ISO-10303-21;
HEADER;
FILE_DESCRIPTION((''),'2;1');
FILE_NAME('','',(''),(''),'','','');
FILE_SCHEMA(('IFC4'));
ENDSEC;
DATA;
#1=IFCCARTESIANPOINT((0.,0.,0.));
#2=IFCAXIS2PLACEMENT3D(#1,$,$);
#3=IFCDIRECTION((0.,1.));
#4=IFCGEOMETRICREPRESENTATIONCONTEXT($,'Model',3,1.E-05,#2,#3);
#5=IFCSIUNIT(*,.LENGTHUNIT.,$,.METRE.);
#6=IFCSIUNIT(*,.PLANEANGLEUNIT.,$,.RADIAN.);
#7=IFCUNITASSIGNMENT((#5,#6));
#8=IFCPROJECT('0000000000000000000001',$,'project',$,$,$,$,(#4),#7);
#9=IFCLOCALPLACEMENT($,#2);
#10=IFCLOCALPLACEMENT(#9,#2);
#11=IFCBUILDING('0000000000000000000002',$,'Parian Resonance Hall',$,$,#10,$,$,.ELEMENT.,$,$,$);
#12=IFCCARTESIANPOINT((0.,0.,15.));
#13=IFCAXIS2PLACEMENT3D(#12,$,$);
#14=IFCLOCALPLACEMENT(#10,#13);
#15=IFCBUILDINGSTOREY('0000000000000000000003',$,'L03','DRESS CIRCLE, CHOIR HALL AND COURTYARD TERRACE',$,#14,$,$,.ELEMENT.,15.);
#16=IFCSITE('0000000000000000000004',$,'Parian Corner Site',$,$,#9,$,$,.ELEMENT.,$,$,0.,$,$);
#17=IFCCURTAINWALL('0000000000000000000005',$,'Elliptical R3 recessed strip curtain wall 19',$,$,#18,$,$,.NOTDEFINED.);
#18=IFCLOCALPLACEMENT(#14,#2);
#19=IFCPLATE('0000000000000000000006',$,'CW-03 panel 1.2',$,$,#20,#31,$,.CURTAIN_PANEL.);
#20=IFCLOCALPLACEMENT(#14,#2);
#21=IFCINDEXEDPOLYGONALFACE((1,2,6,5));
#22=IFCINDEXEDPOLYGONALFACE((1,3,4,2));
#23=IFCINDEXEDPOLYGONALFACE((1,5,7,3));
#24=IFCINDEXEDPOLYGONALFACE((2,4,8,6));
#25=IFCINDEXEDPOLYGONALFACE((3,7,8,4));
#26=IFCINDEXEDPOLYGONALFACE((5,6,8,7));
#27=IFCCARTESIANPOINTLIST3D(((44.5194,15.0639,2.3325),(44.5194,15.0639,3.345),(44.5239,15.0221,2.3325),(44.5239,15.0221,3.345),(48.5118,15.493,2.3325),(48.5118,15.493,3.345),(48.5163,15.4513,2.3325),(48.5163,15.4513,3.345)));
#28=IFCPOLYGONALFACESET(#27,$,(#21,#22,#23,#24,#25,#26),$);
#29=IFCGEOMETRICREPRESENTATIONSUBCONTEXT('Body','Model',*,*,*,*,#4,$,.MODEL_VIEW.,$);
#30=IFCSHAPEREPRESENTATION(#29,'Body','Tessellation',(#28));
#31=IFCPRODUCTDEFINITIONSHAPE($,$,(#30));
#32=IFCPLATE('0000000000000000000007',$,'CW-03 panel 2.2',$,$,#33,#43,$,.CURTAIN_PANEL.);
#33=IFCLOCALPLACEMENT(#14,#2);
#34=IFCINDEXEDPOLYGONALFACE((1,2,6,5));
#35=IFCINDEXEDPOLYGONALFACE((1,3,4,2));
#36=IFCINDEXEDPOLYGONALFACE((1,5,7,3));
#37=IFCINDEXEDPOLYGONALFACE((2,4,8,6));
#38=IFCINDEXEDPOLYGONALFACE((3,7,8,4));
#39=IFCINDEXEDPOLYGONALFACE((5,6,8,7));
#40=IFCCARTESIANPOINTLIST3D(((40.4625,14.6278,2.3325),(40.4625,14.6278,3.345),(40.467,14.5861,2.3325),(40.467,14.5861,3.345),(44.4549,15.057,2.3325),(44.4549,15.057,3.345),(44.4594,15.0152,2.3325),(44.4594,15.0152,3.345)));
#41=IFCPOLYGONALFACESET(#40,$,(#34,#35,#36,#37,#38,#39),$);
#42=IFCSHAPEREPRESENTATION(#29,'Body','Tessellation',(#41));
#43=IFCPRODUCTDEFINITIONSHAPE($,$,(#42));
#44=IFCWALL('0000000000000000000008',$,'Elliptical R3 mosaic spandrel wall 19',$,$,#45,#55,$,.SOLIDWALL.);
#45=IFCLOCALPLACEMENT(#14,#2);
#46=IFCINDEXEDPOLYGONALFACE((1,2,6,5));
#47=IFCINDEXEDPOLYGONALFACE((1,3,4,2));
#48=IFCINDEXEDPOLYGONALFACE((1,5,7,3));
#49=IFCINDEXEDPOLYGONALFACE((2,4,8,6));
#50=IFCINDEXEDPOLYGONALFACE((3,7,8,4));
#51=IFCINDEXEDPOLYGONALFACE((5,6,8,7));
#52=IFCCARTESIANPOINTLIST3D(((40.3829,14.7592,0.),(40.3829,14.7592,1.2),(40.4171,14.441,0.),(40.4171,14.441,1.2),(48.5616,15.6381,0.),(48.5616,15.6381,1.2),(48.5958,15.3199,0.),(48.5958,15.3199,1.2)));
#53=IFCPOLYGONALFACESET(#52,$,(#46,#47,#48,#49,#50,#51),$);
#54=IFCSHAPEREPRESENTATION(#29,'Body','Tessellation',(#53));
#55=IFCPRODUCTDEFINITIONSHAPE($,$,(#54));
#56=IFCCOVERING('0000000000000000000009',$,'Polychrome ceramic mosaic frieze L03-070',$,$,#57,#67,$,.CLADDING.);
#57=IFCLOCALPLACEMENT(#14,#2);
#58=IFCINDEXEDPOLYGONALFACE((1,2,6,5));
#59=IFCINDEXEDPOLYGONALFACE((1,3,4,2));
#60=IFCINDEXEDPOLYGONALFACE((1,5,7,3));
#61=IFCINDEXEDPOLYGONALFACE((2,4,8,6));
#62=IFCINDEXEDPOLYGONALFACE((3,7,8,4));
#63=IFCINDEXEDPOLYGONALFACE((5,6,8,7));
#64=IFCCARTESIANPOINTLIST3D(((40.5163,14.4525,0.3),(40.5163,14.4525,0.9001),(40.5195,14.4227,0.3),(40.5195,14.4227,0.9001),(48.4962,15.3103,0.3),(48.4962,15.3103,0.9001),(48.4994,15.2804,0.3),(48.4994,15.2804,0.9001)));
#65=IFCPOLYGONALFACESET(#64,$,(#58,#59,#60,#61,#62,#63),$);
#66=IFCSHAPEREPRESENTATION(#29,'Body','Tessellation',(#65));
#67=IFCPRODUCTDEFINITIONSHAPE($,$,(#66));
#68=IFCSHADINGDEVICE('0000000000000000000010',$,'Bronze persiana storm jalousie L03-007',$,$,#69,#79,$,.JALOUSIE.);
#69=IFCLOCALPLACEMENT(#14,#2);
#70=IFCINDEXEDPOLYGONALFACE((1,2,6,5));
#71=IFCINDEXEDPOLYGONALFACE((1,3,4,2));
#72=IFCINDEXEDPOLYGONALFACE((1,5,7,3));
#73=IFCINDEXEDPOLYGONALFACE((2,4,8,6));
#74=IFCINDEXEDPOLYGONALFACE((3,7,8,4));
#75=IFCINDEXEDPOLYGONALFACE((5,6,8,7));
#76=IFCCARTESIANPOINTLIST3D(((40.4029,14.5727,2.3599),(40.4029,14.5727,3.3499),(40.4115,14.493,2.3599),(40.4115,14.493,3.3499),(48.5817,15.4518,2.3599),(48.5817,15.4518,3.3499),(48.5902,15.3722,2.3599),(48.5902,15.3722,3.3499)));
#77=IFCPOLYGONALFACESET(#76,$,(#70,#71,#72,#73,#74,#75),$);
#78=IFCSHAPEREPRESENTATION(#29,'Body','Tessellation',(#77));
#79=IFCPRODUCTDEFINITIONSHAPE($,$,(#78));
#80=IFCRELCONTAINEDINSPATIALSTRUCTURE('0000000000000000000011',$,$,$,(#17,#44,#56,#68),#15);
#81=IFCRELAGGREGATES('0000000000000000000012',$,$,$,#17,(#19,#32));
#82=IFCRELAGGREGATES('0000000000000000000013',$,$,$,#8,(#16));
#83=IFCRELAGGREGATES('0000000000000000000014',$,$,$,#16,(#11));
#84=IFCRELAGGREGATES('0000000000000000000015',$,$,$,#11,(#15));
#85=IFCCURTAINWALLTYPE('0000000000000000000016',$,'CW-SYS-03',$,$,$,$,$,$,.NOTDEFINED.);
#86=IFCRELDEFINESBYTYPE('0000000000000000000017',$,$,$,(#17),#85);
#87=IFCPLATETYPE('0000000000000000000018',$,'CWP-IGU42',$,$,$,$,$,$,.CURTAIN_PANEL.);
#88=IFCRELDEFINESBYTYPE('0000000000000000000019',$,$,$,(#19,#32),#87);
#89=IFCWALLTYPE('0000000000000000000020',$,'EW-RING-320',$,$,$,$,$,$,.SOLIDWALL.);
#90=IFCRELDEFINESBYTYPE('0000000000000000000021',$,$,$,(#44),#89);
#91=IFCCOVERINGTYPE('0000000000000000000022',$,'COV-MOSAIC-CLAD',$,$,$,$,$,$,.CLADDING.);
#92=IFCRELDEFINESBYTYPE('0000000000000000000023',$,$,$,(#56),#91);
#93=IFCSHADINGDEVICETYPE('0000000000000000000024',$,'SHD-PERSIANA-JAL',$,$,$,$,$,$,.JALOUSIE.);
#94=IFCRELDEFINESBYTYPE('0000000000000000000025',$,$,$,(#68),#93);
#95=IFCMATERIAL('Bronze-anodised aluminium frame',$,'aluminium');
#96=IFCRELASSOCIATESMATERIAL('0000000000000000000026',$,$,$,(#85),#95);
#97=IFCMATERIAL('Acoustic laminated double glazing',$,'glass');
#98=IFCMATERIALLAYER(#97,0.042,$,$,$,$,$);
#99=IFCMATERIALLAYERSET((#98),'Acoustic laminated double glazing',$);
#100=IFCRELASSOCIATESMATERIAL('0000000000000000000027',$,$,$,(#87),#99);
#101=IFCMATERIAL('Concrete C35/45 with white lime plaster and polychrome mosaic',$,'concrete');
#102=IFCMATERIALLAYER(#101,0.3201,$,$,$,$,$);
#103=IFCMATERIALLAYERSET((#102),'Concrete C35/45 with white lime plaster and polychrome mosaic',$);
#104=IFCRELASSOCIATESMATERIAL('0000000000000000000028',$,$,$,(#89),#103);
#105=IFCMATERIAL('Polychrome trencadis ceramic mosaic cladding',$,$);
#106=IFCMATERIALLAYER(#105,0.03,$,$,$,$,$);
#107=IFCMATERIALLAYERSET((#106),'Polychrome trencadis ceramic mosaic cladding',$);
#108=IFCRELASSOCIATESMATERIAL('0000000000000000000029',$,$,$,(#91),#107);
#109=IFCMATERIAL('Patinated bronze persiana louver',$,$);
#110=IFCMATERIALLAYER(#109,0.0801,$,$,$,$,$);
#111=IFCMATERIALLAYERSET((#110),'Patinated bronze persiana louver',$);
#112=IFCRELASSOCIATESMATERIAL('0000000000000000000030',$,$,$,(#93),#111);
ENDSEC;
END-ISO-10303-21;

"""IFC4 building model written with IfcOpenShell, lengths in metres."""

from ifc_helpers import new_model, si_unit, direction, frame, frame_2d, origin, origin_2d, place, context, subcontext, project, spatial, rectangle, extrude, material, layer, layer_set, type_object, element, aggregate, save


model = new_model("IFC4")

# Units and contexts
model_context = context("Model", 3, precision=1e-05, world=origin(), true_north=direction((0.0, 1.0)))
body_context = subcontext(model_context, "Body", "Model", "MODEL_VIEW")
ifc_project = project(units=[si_unit("LENGTHUNIT", "METRE"), si_unit("PLANEANGLEUNIT", "RADIAN")], contexts=[model_context])

# Site, building, storey
site_placement = place(None, origin())
site = spatial("IfcSite", under=ifc_project, at=site_placement, Name="Parian Corner Site", CompositionType="ELEMENT", RefElevation=0.0)
building_placement = place(site_placement, origin())
building = spatial("IfcBuilding", under=site, at=building_placement, Name="Parian Resonance Hall", CompositionType="ELEMENT")
storey_placement = place(building_placement, frame((0.0, 0.0, 15.0)))
storey = spatial("IfcBuildingStorey", under=building, at=storey_placement, Name="L03", Description="DRESS CIRCLE, CHOIR HALL AND COURTYARD TERRACE", CompositionType="ELEMENT", Elevation=15.0)

# Curtain wall
ifc_material_1 = material(Name="Bronze-anodised aluminium frame", Category="aluminium")
curtain_wall_type_1 = type_object("IfcCurtainWallType", Name="CW-SYS-03", PredefinedType="NOTDEFINED", material=ifc_material_1)
curtain_wall_1_placement = place(storey_placement, origin())
curtain_wall_1 = element("IfcCurtainWall", 1, at=curtain_wall_1_placement, inside=storey, type_object=curtain_wall_type_1, Name="Elliptical R3 recessed strip curtain wall 19", PredefinedType="NOTDEFINED")

# Plates
ifc_material_2 = material(Name="Acoustic laminated double glazing", Category="glass")
ifc_layer_1 = layer(ifc_material_2, 0.042)
ifc_layer_set_1 = layer_set([ifc_layer_1], Name="Acoustic laminated double glazing")
plate_type_1 = type_object("IfcPlateType", Name="CWP-IGU42", PredefinedType="CURTAIN_PANEL", material=ifc_layer_set_1)
plate_1_placement = place(storey_placement, frame((46.5178, 15.2576, 2.3325), z_axis=(0.0, 0.0, 1.0), x_axis=(-0.994273, -0.106871, 0.0)))
plate_1 = element("IfcPlate", 2, at=plate_1_placement, type_object=plate_type_1, Name="CW-03 panel 1.2", PredefinedType="CURTAIN_PANEL", context=body_context, shape_type="SweptSolid", body=[
    extrude(rectangle(XDim=4.0154, YDim=0.042, at=origin_2d()), origin(), (0.0, 0.0, 1.0), 1.0125),
])
plate_2_placement = place(storey_placement, frame((42.4609, 14.8215, 2.3325), z_axis=(0.0, 0.0, 1.0), x_axis=(-0.994273, -0.106871, 0.0)))
plate_2 = element("IfcPlate", 3, at=plate_2_placement, type_object=plate_type_1, Name="CW-03 panel 2.2", PredefinedType="CURTAIN_PANEL", context=body_context, shape_type="SweptSolid", body=[
    extrude(rectangle(XDim=4.0154, YDim=0.042, at=origin_2d()), origin(), (0.0, 0.0, 1.0), 1.0125),
])
aggregate(curtain_wall_1, [plate_1, plate_2])

# Wall
ifc_material_3 = material(Name="Concrete C35/45 with white lime plaster and polychrome mosaic", Category="concrete")
ifc_layer_2 = layer(ifc_material_3, 0.3201)
ifc_layer_set_2 = layer_set([ifc_layer_2], Name="Concrete C35/45 with white lime plaster and polychrome mosaic")
wall_type = type_object("IfcWallType", Name="EW-RING-320", PredefinedType="SOLIDWALL", material=ifc_layer_set_2)
wall_placement = place(storey_placement, frame((48.5786, 15.479, 0.0), z_axis=(0.0, 0.0, 1.0), x_axis=(-0.994275, -0.106848, 0.0)))
element("IfcWall", 4, at=wall_placement, inside=storey, type_object=wall_type, Name="Elliptical R3 mosaic spandrel wall 19", PredefinedType="SOLIDWALL", context=body_context, shape_type="SweptSolid", body=[
    extrude(rectangle(XDim=8.2258, YDim=0.3201, at=frame_2d((4.1128, 0.0))), origin(), (0.0, 0.0, 1.0), 1.2),
])

# Covering
ifc_material_4 = material(Name="Polychrome trencadis ceramic mosaic cladding")
ifc_layer_3 = layer(ifc_material_4, 0.03)
ifc_layer_set_3 = layer_set([ifc_layer_3], Name="Polychrome trencadis ceramic mosaic cladding")
covering_type = type_object("IfcCoveringType", Name="COV-MOSAIC-CLAD", PredefinedType="CLADDING", material=ifc_layer_set_3)
covering_placement = place(storey_placement, frame((44.5078, 14.8665, 0.3), z_axis=(0.0, 0.0, 1.0), x_axis=(-0.994273, -0.106871, 0.0)))
element("IfcCovering", 5, at=covering_placement, inside=storey, type_object=covering_type, Name="Polychrome ceramic mosaic frieze L03-070", PredefinedType="CLADDING", context=body_context, shape_type="SweptSolid", body=[
    extrude(rectangle(XDim=8.0259, YDim=0.03, at=origin_2d()), origin(), (0.0, 0.0, 1.0), 0.6001),
])

# Shading device
ifc_material_5 = material(Name="Patinated bronze persiana louver")
ifc_layer_4 = layer(ifc_material_5, 0.0801)
ifc_layer_set_4 = layer_set([ifc_layer_4], Name="Patinated bronze persiana louver")
shading_device_type = type_object("IfcShadingDeviceType", Name="SHD-PERSIANA-JAL", PredefinedType="JALOUSIE", material=ifc_layer_set_4)
shading_device_placement = place(storey_placement, frame((44.4966, 14.9724, 2.3599), z_axis=(0.0, 0.0, 1.0), x_axis=(-0.994273, -0.106871, 0.0)))
element("IfcShadingDevice", 6, at=shading_device_placement, inside=storey, type_object=shading_device_type, Name="Bronze persiana storm jalousie L03-007", PredefinedType="JALOUSIE", context=body_context, shape_type="SweptSolid", body=[
    extrude(rectangle(XDim=8.2258, YDim=0.0801, at=origin_2d()), origin(), (0.0, 0.0, 1.0), 0.99),
])

save(model, "model.ifc")
